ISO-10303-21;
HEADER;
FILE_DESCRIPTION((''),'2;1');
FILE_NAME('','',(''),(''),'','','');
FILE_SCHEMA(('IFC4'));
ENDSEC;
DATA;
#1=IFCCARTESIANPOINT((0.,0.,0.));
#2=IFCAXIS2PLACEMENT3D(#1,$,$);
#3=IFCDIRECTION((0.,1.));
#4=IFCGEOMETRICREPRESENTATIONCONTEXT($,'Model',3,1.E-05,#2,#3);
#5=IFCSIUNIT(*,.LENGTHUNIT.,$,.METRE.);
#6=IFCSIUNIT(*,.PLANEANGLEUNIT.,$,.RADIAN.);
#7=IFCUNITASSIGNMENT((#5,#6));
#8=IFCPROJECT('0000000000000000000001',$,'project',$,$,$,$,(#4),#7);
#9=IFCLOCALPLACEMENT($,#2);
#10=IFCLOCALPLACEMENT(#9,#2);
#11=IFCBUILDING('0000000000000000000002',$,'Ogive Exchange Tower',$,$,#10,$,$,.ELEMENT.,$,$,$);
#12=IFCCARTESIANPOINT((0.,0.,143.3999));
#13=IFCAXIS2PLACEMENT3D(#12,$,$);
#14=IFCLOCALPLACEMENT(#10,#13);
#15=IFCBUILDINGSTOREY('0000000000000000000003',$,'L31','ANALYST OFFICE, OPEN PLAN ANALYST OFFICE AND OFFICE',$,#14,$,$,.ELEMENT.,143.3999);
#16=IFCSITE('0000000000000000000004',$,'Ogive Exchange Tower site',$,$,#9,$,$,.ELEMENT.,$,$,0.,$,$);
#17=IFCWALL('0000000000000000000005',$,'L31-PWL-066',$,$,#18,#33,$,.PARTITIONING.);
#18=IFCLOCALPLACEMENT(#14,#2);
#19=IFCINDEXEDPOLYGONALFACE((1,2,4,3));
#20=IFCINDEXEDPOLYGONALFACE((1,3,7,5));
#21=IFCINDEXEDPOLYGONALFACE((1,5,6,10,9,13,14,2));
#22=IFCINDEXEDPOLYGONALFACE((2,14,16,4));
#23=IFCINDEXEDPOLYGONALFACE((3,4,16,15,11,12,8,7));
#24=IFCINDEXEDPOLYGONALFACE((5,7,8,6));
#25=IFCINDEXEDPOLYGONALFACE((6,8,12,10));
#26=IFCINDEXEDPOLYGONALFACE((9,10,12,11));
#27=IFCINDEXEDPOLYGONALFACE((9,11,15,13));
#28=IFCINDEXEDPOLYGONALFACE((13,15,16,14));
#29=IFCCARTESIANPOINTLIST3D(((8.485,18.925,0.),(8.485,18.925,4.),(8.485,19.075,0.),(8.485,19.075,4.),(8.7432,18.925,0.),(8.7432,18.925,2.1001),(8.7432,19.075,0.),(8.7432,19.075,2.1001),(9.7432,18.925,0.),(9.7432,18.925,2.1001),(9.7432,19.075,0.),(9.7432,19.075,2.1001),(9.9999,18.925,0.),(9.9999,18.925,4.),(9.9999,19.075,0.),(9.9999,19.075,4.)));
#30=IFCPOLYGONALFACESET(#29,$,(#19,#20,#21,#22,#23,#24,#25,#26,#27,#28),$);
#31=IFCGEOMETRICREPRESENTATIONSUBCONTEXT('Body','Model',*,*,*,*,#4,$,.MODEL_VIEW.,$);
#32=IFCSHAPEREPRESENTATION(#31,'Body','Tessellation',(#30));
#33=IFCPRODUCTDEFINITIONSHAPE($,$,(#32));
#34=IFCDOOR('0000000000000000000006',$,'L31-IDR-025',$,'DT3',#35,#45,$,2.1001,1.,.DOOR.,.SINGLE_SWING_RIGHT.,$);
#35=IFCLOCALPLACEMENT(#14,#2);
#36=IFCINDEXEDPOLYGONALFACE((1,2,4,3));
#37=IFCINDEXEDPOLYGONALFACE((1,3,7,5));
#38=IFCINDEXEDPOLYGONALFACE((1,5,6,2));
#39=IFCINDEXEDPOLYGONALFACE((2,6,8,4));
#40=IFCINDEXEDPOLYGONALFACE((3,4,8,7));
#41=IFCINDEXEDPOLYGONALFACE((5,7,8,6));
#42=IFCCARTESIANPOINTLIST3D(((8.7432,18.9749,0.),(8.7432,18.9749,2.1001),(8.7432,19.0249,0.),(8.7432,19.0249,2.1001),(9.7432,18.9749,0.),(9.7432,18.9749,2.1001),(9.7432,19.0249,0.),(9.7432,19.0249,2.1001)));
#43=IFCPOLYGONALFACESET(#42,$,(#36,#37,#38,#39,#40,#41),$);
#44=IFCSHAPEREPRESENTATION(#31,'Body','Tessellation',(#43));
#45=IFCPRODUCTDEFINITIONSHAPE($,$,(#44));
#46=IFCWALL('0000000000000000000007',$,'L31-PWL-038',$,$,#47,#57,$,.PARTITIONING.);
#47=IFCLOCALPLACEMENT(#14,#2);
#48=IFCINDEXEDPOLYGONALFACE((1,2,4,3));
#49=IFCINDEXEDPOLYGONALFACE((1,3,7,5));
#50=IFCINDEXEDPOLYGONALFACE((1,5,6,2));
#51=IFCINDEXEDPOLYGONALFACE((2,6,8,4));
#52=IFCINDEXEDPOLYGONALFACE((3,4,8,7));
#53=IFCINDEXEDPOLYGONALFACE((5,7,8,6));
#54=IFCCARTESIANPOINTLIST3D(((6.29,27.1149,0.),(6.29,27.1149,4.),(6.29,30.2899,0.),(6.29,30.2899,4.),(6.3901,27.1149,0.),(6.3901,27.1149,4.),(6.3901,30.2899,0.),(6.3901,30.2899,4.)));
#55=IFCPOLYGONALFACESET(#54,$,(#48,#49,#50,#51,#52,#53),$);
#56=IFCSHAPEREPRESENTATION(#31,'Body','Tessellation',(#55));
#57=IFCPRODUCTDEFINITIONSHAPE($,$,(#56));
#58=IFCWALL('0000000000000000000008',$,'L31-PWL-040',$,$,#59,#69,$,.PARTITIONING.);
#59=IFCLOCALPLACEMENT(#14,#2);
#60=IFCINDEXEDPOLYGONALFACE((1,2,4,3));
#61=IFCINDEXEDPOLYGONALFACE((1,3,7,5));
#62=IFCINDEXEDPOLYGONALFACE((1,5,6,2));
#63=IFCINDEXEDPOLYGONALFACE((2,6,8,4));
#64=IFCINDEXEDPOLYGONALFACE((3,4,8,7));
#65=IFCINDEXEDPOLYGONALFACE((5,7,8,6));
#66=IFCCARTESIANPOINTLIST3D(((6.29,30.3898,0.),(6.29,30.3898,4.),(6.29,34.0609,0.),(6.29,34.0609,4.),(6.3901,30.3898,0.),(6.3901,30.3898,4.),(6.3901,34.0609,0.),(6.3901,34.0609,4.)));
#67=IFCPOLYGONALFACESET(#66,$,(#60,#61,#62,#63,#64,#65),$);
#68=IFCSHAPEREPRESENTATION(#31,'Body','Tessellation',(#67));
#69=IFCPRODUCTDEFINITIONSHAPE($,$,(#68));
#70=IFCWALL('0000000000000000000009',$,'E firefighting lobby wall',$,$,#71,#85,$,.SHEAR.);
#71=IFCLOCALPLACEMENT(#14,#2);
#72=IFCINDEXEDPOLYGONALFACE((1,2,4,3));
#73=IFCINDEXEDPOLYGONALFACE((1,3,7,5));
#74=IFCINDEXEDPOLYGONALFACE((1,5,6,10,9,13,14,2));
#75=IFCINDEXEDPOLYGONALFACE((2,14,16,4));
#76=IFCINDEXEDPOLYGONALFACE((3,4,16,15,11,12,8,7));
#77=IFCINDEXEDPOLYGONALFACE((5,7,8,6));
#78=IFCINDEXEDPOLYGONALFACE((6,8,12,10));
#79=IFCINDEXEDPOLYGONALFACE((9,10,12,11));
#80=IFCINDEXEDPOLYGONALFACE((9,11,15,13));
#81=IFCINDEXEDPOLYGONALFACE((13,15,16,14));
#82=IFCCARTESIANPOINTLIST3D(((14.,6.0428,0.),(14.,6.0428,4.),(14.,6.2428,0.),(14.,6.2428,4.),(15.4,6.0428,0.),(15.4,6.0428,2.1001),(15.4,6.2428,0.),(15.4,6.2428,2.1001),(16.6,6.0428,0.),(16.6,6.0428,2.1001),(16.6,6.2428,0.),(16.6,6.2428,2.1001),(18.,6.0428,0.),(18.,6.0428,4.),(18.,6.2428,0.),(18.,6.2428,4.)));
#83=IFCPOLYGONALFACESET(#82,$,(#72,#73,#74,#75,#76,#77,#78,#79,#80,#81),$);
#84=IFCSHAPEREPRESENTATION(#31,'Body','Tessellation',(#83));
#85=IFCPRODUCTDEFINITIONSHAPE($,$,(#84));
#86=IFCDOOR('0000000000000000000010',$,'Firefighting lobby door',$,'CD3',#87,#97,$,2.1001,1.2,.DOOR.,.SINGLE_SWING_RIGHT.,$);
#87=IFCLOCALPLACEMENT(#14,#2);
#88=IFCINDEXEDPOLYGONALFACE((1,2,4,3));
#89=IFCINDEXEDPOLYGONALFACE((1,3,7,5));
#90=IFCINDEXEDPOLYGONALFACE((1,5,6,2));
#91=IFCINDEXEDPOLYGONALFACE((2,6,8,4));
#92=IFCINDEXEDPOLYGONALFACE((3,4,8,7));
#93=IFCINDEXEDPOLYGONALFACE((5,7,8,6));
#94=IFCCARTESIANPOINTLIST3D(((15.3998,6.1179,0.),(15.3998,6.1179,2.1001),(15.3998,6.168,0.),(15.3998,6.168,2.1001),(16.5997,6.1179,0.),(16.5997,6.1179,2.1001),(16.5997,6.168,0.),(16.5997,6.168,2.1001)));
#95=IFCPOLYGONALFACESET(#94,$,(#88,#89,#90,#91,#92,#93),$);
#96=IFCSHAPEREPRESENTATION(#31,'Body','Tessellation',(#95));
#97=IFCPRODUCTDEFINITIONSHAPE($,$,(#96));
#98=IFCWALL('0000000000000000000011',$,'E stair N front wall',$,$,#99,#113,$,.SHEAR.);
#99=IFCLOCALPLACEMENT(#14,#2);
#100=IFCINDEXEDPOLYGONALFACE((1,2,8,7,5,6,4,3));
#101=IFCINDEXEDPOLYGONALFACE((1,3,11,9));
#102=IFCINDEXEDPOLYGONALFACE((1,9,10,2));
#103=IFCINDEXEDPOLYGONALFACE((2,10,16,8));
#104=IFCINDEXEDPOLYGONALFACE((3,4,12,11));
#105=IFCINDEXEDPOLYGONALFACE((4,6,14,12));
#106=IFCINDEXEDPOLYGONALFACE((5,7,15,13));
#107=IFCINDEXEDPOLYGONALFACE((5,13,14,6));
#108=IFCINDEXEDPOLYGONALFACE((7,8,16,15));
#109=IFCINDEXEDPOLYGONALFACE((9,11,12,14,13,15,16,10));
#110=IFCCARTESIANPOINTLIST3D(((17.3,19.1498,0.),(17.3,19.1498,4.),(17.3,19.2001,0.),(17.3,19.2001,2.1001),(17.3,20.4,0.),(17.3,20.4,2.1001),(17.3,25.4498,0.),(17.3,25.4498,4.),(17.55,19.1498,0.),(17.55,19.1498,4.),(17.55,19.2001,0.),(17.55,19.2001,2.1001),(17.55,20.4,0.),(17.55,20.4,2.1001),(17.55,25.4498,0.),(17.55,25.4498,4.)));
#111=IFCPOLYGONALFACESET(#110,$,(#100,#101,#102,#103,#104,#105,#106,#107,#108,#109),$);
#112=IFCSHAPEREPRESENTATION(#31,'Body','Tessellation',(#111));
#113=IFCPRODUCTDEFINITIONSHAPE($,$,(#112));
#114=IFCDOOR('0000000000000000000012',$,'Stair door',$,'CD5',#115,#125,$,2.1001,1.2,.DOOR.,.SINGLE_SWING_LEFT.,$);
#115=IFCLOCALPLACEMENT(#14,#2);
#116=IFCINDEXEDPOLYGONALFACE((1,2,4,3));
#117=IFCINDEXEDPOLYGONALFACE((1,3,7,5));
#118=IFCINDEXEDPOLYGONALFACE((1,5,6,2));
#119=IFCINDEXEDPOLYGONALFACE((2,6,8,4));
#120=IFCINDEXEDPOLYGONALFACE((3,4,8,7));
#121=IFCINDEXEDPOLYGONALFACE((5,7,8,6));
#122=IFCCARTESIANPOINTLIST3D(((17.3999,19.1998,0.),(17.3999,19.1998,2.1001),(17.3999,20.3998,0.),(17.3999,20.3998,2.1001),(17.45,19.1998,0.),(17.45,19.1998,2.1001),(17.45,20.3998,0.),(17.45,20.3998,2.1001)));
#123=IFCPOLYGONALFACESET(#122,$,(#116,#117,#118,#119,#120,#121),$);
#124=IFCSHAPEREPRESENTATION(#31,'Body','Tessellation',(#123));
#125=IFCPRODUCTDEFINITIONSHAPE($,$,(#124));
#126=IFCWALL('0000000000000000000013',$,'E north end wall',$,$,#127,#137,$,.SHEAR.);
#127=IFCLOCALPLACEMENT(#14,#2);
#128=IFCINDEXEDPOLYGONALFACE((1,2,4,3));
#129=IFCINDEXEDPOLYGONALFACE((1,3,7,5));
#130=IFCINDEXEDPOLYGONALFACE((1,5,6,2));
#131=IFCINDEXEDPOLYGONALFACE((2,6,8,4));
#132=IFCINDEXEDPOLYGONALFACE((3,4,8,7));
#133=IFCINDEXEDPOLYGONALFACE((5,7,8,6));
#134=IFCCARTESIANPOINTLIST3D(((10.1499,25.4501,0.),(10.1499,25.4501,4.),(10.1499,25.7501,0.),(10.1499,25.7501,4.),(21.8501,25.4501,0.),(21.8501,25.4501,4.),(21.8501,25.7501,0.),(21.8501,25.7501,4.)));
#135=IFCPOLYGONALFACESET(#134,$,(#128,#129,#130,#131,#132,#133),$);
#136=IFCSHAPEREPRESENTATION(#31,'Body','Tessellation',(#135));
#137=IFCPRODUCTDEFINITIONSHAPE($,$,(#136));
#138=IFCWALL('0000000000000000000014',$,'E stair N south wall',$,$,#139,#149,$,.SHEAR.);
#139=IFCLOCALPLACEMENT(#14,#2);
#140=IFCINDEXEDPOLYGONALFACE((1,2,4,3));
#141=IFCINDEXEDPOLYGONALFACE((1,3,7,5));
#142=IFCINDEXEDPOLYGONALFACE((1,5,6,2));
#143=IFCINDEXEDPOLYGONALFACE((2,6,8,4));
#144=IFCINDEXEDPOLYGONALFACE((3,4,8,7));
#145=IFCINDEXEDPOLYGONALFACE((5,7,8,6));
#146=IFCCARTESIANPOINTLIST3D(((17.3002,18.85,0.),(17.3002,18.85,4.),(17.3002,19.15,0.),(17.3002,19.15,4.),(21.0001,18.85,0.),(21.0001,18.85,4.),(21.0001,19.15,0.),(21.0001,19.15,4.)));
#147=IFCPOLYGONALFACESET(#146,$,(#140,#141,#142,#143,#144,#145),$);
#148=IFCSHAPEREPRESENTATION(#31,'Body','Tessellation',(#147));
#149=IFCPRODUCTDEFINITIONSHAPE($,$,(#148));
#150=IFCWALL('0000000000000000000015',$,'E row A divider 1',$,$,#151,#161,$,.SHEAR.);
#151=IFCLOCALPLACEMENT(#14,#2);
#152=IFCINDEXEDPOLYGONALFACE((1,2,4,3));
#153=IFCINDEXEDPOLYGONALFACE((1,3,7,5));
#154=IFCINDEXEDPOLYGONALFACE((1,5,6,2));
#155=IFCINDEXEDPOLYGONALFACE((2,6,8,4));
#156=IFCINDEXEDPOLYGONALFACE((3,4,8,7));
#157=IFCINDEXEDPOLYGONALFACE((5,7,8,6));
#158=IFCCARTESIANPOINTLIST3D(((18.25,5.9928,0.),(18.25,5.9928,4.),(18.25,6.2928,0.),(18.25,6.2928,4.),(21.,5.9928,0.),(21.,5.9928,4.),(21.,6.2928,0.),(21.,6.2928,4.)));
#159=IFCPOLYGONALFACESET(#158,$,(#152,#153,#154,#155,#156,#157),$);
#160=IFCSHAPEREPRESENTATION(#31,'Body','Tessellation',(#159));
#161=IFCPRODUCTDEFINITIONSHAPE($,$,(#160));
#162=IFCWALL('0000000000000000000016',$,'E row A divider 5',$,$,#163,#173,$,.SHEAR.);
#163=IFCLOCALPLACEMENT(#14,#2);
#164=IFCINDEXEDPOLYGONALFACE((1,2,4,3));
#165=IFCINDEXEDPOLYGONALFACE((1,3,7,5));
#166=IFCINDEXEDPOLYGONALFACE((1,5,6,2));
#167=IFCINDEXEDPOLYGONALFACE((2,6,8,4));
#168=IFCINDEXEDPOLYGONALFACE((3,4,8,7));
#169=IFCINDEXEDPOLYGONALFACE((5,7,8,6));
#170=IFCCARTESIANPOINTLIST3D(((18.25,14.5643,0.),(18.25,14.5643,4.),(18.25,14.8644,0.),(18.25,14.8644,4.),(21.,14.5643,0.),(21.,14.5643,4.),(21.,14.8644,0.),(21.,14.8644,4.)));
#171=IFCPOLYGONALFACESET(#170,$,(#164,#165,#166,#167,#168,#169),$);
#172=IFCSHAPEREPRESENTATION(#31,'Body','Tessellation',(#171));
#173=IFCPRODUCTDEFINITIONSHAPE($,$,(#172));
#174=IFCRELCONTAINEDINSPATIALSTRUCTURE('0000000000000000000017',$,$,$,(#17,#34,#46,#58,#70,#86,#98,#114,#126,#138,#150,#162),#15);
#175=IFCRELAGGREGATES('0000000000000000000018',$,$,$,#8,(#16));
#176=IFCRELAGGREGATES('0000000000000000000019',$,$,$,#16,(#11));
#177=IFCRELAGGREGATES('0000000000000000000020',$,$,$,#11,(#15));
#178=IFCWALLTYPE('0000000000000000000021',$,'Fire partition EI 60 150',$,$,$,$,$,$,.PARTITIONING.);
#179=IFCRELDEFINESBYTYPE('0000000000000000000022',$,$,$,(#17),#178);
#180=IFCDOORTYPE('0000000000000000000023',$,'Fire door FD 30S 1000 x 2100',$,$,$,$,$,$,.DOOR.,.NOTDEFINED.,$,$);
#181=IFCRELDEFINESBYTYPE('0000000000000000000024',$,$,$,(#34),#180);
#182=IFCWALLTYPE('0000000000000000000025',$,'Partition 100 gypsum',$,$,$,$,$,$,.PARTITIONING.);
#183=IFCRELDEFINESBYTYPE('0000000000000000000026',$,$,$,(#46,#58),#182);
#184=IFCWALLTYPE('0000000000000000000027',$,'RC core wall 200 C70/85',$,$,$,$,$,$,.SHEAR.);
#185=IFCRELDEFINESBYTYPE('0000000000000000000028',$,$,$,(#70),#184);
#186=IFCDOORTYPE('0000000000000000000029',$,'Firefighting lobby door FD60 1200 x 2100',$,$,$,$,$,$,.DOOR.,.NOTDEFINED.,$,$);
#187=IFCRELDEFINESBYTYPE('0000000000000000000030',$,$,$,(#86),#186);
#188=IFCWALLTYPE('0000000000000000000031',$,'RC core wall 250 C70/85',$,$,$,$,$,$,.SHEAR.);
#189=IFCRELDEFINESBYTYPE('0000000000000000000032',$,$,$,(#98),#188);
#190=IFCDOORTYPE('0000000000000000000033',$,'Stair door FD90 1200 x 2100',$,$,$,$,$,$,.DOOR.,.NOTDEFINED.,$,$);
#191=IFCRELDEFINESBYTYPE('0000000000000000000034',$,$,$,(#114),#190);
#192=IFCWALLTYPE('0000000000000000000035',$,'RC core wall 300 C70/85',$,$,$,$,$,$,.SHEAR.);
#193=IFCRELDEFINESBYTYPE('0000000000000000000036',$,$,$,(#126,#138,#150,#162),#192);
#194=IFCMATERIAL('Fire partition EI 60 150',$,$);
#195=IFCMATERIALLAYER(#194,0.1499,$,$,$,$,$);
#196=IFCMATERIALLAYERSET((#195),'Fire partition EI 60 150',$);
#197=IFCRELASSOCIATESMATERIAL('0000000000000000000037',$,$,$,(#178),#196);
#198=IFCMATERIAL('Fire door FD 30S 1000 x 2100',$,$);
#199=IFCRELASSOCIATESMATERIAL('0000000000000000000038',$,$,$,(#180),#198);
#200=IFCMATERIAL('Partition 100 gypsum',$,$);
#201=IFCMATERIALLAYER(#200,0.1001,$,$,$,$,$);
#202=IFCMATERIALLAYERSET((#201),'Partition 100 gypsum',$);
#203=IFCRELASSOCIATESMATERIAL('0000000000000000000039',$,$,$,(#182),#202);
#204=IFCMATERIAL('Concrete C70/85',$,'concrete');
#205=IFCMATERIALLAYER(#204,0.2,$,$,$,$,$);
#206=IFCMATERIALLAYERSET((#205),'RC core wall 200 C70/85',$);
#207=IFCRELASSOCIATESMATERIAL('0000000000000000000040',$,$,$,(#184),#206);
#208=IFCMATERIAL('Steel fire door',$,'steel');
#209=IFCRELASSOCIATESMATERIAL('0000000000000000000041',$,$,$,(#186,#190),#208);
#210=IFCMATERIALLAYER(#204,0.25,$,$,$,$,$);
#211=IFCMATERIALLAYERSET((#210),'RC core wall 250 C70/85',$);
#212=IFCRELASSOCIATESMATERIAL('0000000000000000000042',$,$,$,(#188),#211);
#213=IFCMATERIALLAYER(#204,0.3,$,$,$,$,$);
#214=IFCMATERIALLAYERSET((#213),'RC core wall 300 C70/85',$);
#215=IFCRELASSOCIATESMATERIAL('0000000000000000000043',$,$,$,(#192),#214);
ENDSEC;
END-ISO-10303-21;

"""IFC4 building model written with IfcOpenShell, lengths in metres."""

from ifc_helpers import new_model, si_unit, direction, frame, frame_2d, origin, place, context, subcontext, project, spatial, rectangle, extrude, material, layer, layer_set, type_object, element, fill, save


model = new_model("IFC4")

# Units and contexts
model_context = context("Model", 3, precision=1e-05, world=origin(), true_north=direction((0.0, 1.0)))
body_context = subcontext(model_context, "Body", "Model", "MODEL_VIEW")
ifc_project = project(units=[si_unit("LENGTHUNIT", "METRE"), si_unit("PLANEANGLEUNIT", "RADIAN")], contexts=[model_context])

# Site, building, storey
site_placement = place(None, origin())
site = spatial("IfcSite", under=ifc_project, at=site_placement, Name="Ogive Exchange Tower site", CompositionType="ELEMENT", RefElevation=0.0)
building_placement = place(site_placement, origin())
building = spatial("IfcBuilding", under=site, at=building_placement, Name="Ogive Exchange Tower", CompositionType="ELEMENT")
storey_placement = place(building_placement, frame((0.0, 0.0, 143.3999)))
storey = spatial("IfcBuildingStorey", under=building, at=storey_placement, Name="L31", Description="ANALYST OFFICE, OPEN PLAN ANALYST OFFICE AND OFFICE", CompositionType="ELEMENT", Elevation=143.3999)

# Shared definitions
ifc_material_1 = material(Name="Fire partition EI 60 150")
ifc_layer_1 = layer(ifc_material_1, 0.1499)
ifc_layer_set_1 = layer_set([ifc_layer_1], Name="Fire partition EI 60 150")
wall_type_1 = type_object("IfcWallType", Name="Fire partition EI 60 150", PredefinedType="PARTITIONING", material=ifc_layer_set_1)

# Wall, opening, door
ifc_material_2 = material(Name="Fire door FD 30S 1000 x 2100")
door_type_1 = type_object("IfcDoorType", Name="Fire door FD 30S 1000 x 2100", OperationType="NOTDEFINED", PredefinedType="DOOR", material=ifc_material_2)
wall_1_placement = place(storey_placement, frame((8.4851, 19.0, 0.0), z_axis=(0.0, 0.0, 1.0), x_axis=(1.0, 0.0, 0.0)))
wall_1 = element("IfcWall", 1, at=wall_1_placement, inside=storey, type_object=wall_type_1, Name="L31-PWL-066", PredefinedType="PARTITIONING", context=body_context, shape_type="SweptSolid", body=[
    extrude(rectangle(XDim=1.5149, YDim=0.1499, at=frame_2d((0.7573, 0.0))), origin(), (0.0, 0.0, 1.0), 4.0),
])
opening_1_placement = place(wall_1_placement, frame((0.2581, 0.0, 0.0)))
opening_1 = element("IfcOpeningElement", 2, at=opening_1_placement, cuts=wall_1, PredefinedType="OPENING", context=body_context, shape_type="SweptSolid", body=[
    extrude(rectangle(XDim=1.0, YDim=2.1001, at=frame_2d((0.5, 1.05))), frame((0.0, 0.085, 0.0), z_axis=(0.0, -1.0, 0.0), x_axis=(1.0, 0.0, 0.0)), (0.0, 0.0, 1.0), 0.1699),
])
door_1_placement = place(opening_1_placement, origin())
door_1 = element("IfcDoor", 3, at=door_1_placement, inside=storey, type_object=door_type_1, Name="L31-IDR-025", ObjectType="DT3", OperationType="SINGLE_SWING_RIGHT", OverallHeight=2.1001, OverallWidth=1.0, PredefinedType="DOOR", context=body_context, shape_type="SweptSolid", body=[
    extrude(rectangle(XDim=1.0, YDim=2.1001, at=frame_2d((0.5, 1.05))), frame((0.0, 0.0249, 0.0), z_axis=(0.0, -1.0, 0.0), x_axis=(1.0, 0.0, 0.0)), (0.0, 0.0, 1.0), 0.05),
])
fill(opening_1, door_1)

# Walls
ifc_material_3 = material(Name="Partition 100 gypsum")
ifc_layer_2 = layer(ifc_material_3, 0.1001)
ifc_layer_set_2 = layer_set([ifc_layer_2], Name="Partition 100 gypsum")
wall_type_2 = type_object("IfcWallType", Name="Partition 100 gypsum", PredefinedType="PARTITIONING", material=ifc_layer_set_2)
wall_2_placement = place(storey_placement, frame((6.3401, 27.115, 0.0), z_axis=(0.0, 0.0, 1.0), x_axis=(0.0, 1.0, 0.0)))
element("IfcWall", 4, at=wall_2_placement, inside=storey, type_object=wall_type_2, Name="L31-PWL-038", PredefinedType="PARTITIONING", context=body_context, shape_type="SweptSolid", body=[
    extrude(rectangle(XDim=3.175, YDim=0.1001, at=frame_2d((1.5874, 0.0))), origin(), (0.0, 0.0, 1.0), 4.0),
])
wall_3_placement = place(storey_placement, frame((6.3401, 30.3899, 0.0), z_axis=(0.0, 0.0, 1.0), x_axis=(0.0, 1.0, 0.0)))
element("IfcWall", 5, at=wall_3_placement, inside=storey, type_object=wall_type_2, Name="L31-PWL-040", PredefinedType="PARTITIONING", context=body_context, shape_type="SweptSolid", body=[
    extrude(rectangle(XDim=3.6711, YDim=0.1001, at=frame_2d((1.8354, 0.0))), origin(), (0.0, 0.0, 1.0), 4.0),
])

# Walls, openings, doors
ifc_material_4 = material(Name="Concrete C70/85", Category="concrete")
ifc_layer_3 = layer(ifc_material_4, 0.2)
ifc_layer_set_3 = layer_set([ifc_layer_3], Name="RC core wall 200 C70/85")
wall_type_3 = type_object("IfcWallType", Name="RC core wall 200 C70/85", PredefinedType="SHEAR", material=ifc_layer_set_3)
wall_4_placement = place(storey_placement, frame((14.0, 6.1428, 0.0), z_axis=(0.0, 0.0, 1.0), x_axis=(1.0, 0.0, 0.0)))
wall_4 = element("IfcWall", 6, at=wall_4_placement, inside=storey, type_object=wall_type_3, Name="E firefighting lobby wall", PredefinedType="SHEAR", context=body_context, shape_type="SweptSolid", body=[
    extrude(rectangle(XDim=4.0, YDim=0.2, at=frame_2d((2.0, 0.0))), origin(), (0.0, 0.0, 1.0), 4.0),
])
opening_2_placement = place(wall_4_placement, frame((1.3999, 0.0, 0.0)))
opening_2 = element("IfcOpeningElement", 7, at=opening_2_placement, cuts=wall_4, PredefinedType="OPENING", context=body_context, shape_type="SweptSolid", body=[
    extrude(rectangle(XDim=1.2, YDim=2.1001, at=frame_2d((0.6001, 1.05))), frame((0.0, 0.1099, 0.0), z_axis=(0.0, -1.0, 0.0), x_axis=(1.0, 0.0, 0.0)), (0.0, 0.0, 1.0), 0.22),
])
ifc_material_5 = material(Name="Steel fire door", Category="steel")
door_type_2 = type_object("IfcDoorType", Name="Firefighting lobby door FD60 1200 x 2100", OperationType="NOTDEFINED", PredefinedType="DOOR", material=ifc_material_5)
door_2_placement = place(opening_2_placement, frame((1.2, 0.0, 0.0), z_axis=(0.0, 0.0, 1.0), x_axis=(-1.0, 0.0, 0.0)))
door_2 = element("IfcDoor", 8, at=door_2_placement, inside=storey, type_object=door_type_2, Name="Firefighting lobby door", ObjectType="CD3", OperationType="SINGLE_SWING_RIGHT", OverallHeight=2.1001, OverallWidth=1.2, PredefinedType="DOOR", context=body_context, shape_type="SweptSolid", body=[
    extrude(rectangle(XDim=1.2, YDim=2.1001, at=frame_2d((0.6001, 1.05))), frame((0.0, 0.0249, 0.0), z_axis=(0.0, -1.0, 0.0), x_axis=(1.0, 0.0, 0.0)), (0.0, 0.0, 1.0), 0.05),
])
fill(opening_2, door_2)
ifc_layer_4 = layer(ifc_material_4, 0.25)
ifc_layer_set_4 = layer_set([ifc_layer_4], Name="RC core wall 250 C70/85")
wall_type_4 = type_object("IfcWallType", Name="RC core wall 250 C70/85", PredefinedType="SHEAR", material=ifc_layer_set_4)
wall_5_placement = place(storey_placement, frame((17.425, 19.1499, 0.0), z_axis=(0.0, 0.0, 1.0), x_axis=(0.0, 1.0, 0.0)))
wall_5 = element("IfcWall", 9, at=wall_5_placement, inside=storey, type_object=wall_type_4, Name="E stair N front wall", PredefinedType="SHEAR", context=body_context, shape_type="SweptSolid", body=[
    extrude(rectangle(XDim=6.3, YDim=0.25, at=frame_2d((3.1499, 0.0))), origin(), (0.0, 0.0, 1.0), 4.0),
])
opening_3_placement = place(wall_5_placement, frame((0.05, 0.0, 0.0)))
opening_3 = element("IfcOpeningElement", 10, at=opening_3_placement, cuts=wall_5, PredefinedType="OPENING", context=body_context, shape_type="SweptSolid", body=[
    extrude(rectangle(XDim=1.2, YDim=2.1001, at=frame_2d((0.6001, 1.05))), frame((0.0, 0.135, 0.0), z_axis=(0.0, -1.0, 0.0), x_axis=(1.0, 0.0, 0.0)), (0.0, 0.0, 1.0), 0.27),
])
door_type_3 = type_object("IfcDoorType", Name="Stair door FD90 1200 x 2100", OperationType="NOTDEFINED", PredefinedType="DOOR", material=ifc_material_5)
door_3_placement = place(opening_3_placement, frame((1.2, 0.0, 0.0), z_axis=(0.0, 0.0, 1.0), x_axis=(-1.0, 0.0, 0.0)))
door_3 = element("IfcDoor", 11, at=door_3_placement, inside=storey, type_object=door_type_3, Name="Stair door", ObjectType="CD5", OperationType="SINGLE_SWING_LEFT", OverallHeight=2.1001, OverallWidth=1.2, PredefinedType="DOOR", context=body_context, shape_type="SweptSolid", body=[
    extrude(rectangle(XDim=1.2, YDim=2.1001, at=frame_2d((0.6001, 1.05))), frame((0.0, 0.0249, 0.0), z_axis=(0.0, -1.0, 0.0), x_axis=(1.0, 0.0, 0.0)), (0.0, 0.0, 1.0), 0.05),
])
fill(opening_3, door_3)

# Walls
ifc_layer_5 = layer(ifc_material_4, 0.3)
ifc_layer_set_5 = layer_set([ifc_layer_5], Name="RC core wall 300 C70/85")
wall_type_5 = type_object("IfcWallType", Name="RC core wall 300 C70/85", PredefinedType="SHEAR", material=ifc_layer_set_5)
wall_6_placement = place(storey_placement, frame((10.1499, 25.6001, 0.0), z_axis=(0.0, 0.0, 1.0), x_axis=(1.0, 0.0, 0.0)))
element("IfcWall", 12, at=wall_6_placement, inside=storey, type_object=wall_type_5, Name="E north end wall", PredefinedType="SHEAR", context=body_context, shape_type="SweptSolid", body=[
    extrude(rectangle(XDim=11.7002, YDim=0.3, at=frame_2d((5.8501, 0.0))), origin(), (0.0, 0.0, 1.0), 4.0),
])
wall_7_placement = place(storey_placement, frame((17.3, 19.0, 0.0), z_axis=(0.0, 0.0, 1.0), x_axis=(1.0, 0.0, 0.0)))
element("IfcWall", 13, at=wall_7_placement, inside=storey, type_object=wall_type_5, Name="E stair N south wall", PredefinedType="SHEAR", context=body_context, shape_type="SweptSolid", body=[
    extrude(rectangle(XDim=3.7, YDim=0.3, at=frame_2d((1.8501, 0.0))), origin(), (0.0, 0.0, 1.0), 4.0),
])
for number, where, z_axis, x_axis, name in (
    (14, (18.25, 6.1428, 0.0), (0.0, 0.0, 1.0), (1.0, 0.0, 0.0), "E row A divider 1"),
    (15, (18.25, 14.7144, 0.0), (0.0, 0.0, 1.0), (1.0, 0.0, 0.0), "E row A divider 5"),
):
    element("IfcWall", number, at=place(storey_placement, frame(where, z_axis=z_axis, x_axis=x_axis)), inside=storey, type_object=wall_type_5, Name=name, PredefinedType="SHEAR", context=body_context, shape_type="SweptSolid", body=[
        extrude(rectangle(XDim=2.75, YDim=0.3, at=frame_2d((1.375, 0.0))), origin(), (0.0, 0.0, 1.0), 4.0),
    ])

save(model, "model.ifc")
